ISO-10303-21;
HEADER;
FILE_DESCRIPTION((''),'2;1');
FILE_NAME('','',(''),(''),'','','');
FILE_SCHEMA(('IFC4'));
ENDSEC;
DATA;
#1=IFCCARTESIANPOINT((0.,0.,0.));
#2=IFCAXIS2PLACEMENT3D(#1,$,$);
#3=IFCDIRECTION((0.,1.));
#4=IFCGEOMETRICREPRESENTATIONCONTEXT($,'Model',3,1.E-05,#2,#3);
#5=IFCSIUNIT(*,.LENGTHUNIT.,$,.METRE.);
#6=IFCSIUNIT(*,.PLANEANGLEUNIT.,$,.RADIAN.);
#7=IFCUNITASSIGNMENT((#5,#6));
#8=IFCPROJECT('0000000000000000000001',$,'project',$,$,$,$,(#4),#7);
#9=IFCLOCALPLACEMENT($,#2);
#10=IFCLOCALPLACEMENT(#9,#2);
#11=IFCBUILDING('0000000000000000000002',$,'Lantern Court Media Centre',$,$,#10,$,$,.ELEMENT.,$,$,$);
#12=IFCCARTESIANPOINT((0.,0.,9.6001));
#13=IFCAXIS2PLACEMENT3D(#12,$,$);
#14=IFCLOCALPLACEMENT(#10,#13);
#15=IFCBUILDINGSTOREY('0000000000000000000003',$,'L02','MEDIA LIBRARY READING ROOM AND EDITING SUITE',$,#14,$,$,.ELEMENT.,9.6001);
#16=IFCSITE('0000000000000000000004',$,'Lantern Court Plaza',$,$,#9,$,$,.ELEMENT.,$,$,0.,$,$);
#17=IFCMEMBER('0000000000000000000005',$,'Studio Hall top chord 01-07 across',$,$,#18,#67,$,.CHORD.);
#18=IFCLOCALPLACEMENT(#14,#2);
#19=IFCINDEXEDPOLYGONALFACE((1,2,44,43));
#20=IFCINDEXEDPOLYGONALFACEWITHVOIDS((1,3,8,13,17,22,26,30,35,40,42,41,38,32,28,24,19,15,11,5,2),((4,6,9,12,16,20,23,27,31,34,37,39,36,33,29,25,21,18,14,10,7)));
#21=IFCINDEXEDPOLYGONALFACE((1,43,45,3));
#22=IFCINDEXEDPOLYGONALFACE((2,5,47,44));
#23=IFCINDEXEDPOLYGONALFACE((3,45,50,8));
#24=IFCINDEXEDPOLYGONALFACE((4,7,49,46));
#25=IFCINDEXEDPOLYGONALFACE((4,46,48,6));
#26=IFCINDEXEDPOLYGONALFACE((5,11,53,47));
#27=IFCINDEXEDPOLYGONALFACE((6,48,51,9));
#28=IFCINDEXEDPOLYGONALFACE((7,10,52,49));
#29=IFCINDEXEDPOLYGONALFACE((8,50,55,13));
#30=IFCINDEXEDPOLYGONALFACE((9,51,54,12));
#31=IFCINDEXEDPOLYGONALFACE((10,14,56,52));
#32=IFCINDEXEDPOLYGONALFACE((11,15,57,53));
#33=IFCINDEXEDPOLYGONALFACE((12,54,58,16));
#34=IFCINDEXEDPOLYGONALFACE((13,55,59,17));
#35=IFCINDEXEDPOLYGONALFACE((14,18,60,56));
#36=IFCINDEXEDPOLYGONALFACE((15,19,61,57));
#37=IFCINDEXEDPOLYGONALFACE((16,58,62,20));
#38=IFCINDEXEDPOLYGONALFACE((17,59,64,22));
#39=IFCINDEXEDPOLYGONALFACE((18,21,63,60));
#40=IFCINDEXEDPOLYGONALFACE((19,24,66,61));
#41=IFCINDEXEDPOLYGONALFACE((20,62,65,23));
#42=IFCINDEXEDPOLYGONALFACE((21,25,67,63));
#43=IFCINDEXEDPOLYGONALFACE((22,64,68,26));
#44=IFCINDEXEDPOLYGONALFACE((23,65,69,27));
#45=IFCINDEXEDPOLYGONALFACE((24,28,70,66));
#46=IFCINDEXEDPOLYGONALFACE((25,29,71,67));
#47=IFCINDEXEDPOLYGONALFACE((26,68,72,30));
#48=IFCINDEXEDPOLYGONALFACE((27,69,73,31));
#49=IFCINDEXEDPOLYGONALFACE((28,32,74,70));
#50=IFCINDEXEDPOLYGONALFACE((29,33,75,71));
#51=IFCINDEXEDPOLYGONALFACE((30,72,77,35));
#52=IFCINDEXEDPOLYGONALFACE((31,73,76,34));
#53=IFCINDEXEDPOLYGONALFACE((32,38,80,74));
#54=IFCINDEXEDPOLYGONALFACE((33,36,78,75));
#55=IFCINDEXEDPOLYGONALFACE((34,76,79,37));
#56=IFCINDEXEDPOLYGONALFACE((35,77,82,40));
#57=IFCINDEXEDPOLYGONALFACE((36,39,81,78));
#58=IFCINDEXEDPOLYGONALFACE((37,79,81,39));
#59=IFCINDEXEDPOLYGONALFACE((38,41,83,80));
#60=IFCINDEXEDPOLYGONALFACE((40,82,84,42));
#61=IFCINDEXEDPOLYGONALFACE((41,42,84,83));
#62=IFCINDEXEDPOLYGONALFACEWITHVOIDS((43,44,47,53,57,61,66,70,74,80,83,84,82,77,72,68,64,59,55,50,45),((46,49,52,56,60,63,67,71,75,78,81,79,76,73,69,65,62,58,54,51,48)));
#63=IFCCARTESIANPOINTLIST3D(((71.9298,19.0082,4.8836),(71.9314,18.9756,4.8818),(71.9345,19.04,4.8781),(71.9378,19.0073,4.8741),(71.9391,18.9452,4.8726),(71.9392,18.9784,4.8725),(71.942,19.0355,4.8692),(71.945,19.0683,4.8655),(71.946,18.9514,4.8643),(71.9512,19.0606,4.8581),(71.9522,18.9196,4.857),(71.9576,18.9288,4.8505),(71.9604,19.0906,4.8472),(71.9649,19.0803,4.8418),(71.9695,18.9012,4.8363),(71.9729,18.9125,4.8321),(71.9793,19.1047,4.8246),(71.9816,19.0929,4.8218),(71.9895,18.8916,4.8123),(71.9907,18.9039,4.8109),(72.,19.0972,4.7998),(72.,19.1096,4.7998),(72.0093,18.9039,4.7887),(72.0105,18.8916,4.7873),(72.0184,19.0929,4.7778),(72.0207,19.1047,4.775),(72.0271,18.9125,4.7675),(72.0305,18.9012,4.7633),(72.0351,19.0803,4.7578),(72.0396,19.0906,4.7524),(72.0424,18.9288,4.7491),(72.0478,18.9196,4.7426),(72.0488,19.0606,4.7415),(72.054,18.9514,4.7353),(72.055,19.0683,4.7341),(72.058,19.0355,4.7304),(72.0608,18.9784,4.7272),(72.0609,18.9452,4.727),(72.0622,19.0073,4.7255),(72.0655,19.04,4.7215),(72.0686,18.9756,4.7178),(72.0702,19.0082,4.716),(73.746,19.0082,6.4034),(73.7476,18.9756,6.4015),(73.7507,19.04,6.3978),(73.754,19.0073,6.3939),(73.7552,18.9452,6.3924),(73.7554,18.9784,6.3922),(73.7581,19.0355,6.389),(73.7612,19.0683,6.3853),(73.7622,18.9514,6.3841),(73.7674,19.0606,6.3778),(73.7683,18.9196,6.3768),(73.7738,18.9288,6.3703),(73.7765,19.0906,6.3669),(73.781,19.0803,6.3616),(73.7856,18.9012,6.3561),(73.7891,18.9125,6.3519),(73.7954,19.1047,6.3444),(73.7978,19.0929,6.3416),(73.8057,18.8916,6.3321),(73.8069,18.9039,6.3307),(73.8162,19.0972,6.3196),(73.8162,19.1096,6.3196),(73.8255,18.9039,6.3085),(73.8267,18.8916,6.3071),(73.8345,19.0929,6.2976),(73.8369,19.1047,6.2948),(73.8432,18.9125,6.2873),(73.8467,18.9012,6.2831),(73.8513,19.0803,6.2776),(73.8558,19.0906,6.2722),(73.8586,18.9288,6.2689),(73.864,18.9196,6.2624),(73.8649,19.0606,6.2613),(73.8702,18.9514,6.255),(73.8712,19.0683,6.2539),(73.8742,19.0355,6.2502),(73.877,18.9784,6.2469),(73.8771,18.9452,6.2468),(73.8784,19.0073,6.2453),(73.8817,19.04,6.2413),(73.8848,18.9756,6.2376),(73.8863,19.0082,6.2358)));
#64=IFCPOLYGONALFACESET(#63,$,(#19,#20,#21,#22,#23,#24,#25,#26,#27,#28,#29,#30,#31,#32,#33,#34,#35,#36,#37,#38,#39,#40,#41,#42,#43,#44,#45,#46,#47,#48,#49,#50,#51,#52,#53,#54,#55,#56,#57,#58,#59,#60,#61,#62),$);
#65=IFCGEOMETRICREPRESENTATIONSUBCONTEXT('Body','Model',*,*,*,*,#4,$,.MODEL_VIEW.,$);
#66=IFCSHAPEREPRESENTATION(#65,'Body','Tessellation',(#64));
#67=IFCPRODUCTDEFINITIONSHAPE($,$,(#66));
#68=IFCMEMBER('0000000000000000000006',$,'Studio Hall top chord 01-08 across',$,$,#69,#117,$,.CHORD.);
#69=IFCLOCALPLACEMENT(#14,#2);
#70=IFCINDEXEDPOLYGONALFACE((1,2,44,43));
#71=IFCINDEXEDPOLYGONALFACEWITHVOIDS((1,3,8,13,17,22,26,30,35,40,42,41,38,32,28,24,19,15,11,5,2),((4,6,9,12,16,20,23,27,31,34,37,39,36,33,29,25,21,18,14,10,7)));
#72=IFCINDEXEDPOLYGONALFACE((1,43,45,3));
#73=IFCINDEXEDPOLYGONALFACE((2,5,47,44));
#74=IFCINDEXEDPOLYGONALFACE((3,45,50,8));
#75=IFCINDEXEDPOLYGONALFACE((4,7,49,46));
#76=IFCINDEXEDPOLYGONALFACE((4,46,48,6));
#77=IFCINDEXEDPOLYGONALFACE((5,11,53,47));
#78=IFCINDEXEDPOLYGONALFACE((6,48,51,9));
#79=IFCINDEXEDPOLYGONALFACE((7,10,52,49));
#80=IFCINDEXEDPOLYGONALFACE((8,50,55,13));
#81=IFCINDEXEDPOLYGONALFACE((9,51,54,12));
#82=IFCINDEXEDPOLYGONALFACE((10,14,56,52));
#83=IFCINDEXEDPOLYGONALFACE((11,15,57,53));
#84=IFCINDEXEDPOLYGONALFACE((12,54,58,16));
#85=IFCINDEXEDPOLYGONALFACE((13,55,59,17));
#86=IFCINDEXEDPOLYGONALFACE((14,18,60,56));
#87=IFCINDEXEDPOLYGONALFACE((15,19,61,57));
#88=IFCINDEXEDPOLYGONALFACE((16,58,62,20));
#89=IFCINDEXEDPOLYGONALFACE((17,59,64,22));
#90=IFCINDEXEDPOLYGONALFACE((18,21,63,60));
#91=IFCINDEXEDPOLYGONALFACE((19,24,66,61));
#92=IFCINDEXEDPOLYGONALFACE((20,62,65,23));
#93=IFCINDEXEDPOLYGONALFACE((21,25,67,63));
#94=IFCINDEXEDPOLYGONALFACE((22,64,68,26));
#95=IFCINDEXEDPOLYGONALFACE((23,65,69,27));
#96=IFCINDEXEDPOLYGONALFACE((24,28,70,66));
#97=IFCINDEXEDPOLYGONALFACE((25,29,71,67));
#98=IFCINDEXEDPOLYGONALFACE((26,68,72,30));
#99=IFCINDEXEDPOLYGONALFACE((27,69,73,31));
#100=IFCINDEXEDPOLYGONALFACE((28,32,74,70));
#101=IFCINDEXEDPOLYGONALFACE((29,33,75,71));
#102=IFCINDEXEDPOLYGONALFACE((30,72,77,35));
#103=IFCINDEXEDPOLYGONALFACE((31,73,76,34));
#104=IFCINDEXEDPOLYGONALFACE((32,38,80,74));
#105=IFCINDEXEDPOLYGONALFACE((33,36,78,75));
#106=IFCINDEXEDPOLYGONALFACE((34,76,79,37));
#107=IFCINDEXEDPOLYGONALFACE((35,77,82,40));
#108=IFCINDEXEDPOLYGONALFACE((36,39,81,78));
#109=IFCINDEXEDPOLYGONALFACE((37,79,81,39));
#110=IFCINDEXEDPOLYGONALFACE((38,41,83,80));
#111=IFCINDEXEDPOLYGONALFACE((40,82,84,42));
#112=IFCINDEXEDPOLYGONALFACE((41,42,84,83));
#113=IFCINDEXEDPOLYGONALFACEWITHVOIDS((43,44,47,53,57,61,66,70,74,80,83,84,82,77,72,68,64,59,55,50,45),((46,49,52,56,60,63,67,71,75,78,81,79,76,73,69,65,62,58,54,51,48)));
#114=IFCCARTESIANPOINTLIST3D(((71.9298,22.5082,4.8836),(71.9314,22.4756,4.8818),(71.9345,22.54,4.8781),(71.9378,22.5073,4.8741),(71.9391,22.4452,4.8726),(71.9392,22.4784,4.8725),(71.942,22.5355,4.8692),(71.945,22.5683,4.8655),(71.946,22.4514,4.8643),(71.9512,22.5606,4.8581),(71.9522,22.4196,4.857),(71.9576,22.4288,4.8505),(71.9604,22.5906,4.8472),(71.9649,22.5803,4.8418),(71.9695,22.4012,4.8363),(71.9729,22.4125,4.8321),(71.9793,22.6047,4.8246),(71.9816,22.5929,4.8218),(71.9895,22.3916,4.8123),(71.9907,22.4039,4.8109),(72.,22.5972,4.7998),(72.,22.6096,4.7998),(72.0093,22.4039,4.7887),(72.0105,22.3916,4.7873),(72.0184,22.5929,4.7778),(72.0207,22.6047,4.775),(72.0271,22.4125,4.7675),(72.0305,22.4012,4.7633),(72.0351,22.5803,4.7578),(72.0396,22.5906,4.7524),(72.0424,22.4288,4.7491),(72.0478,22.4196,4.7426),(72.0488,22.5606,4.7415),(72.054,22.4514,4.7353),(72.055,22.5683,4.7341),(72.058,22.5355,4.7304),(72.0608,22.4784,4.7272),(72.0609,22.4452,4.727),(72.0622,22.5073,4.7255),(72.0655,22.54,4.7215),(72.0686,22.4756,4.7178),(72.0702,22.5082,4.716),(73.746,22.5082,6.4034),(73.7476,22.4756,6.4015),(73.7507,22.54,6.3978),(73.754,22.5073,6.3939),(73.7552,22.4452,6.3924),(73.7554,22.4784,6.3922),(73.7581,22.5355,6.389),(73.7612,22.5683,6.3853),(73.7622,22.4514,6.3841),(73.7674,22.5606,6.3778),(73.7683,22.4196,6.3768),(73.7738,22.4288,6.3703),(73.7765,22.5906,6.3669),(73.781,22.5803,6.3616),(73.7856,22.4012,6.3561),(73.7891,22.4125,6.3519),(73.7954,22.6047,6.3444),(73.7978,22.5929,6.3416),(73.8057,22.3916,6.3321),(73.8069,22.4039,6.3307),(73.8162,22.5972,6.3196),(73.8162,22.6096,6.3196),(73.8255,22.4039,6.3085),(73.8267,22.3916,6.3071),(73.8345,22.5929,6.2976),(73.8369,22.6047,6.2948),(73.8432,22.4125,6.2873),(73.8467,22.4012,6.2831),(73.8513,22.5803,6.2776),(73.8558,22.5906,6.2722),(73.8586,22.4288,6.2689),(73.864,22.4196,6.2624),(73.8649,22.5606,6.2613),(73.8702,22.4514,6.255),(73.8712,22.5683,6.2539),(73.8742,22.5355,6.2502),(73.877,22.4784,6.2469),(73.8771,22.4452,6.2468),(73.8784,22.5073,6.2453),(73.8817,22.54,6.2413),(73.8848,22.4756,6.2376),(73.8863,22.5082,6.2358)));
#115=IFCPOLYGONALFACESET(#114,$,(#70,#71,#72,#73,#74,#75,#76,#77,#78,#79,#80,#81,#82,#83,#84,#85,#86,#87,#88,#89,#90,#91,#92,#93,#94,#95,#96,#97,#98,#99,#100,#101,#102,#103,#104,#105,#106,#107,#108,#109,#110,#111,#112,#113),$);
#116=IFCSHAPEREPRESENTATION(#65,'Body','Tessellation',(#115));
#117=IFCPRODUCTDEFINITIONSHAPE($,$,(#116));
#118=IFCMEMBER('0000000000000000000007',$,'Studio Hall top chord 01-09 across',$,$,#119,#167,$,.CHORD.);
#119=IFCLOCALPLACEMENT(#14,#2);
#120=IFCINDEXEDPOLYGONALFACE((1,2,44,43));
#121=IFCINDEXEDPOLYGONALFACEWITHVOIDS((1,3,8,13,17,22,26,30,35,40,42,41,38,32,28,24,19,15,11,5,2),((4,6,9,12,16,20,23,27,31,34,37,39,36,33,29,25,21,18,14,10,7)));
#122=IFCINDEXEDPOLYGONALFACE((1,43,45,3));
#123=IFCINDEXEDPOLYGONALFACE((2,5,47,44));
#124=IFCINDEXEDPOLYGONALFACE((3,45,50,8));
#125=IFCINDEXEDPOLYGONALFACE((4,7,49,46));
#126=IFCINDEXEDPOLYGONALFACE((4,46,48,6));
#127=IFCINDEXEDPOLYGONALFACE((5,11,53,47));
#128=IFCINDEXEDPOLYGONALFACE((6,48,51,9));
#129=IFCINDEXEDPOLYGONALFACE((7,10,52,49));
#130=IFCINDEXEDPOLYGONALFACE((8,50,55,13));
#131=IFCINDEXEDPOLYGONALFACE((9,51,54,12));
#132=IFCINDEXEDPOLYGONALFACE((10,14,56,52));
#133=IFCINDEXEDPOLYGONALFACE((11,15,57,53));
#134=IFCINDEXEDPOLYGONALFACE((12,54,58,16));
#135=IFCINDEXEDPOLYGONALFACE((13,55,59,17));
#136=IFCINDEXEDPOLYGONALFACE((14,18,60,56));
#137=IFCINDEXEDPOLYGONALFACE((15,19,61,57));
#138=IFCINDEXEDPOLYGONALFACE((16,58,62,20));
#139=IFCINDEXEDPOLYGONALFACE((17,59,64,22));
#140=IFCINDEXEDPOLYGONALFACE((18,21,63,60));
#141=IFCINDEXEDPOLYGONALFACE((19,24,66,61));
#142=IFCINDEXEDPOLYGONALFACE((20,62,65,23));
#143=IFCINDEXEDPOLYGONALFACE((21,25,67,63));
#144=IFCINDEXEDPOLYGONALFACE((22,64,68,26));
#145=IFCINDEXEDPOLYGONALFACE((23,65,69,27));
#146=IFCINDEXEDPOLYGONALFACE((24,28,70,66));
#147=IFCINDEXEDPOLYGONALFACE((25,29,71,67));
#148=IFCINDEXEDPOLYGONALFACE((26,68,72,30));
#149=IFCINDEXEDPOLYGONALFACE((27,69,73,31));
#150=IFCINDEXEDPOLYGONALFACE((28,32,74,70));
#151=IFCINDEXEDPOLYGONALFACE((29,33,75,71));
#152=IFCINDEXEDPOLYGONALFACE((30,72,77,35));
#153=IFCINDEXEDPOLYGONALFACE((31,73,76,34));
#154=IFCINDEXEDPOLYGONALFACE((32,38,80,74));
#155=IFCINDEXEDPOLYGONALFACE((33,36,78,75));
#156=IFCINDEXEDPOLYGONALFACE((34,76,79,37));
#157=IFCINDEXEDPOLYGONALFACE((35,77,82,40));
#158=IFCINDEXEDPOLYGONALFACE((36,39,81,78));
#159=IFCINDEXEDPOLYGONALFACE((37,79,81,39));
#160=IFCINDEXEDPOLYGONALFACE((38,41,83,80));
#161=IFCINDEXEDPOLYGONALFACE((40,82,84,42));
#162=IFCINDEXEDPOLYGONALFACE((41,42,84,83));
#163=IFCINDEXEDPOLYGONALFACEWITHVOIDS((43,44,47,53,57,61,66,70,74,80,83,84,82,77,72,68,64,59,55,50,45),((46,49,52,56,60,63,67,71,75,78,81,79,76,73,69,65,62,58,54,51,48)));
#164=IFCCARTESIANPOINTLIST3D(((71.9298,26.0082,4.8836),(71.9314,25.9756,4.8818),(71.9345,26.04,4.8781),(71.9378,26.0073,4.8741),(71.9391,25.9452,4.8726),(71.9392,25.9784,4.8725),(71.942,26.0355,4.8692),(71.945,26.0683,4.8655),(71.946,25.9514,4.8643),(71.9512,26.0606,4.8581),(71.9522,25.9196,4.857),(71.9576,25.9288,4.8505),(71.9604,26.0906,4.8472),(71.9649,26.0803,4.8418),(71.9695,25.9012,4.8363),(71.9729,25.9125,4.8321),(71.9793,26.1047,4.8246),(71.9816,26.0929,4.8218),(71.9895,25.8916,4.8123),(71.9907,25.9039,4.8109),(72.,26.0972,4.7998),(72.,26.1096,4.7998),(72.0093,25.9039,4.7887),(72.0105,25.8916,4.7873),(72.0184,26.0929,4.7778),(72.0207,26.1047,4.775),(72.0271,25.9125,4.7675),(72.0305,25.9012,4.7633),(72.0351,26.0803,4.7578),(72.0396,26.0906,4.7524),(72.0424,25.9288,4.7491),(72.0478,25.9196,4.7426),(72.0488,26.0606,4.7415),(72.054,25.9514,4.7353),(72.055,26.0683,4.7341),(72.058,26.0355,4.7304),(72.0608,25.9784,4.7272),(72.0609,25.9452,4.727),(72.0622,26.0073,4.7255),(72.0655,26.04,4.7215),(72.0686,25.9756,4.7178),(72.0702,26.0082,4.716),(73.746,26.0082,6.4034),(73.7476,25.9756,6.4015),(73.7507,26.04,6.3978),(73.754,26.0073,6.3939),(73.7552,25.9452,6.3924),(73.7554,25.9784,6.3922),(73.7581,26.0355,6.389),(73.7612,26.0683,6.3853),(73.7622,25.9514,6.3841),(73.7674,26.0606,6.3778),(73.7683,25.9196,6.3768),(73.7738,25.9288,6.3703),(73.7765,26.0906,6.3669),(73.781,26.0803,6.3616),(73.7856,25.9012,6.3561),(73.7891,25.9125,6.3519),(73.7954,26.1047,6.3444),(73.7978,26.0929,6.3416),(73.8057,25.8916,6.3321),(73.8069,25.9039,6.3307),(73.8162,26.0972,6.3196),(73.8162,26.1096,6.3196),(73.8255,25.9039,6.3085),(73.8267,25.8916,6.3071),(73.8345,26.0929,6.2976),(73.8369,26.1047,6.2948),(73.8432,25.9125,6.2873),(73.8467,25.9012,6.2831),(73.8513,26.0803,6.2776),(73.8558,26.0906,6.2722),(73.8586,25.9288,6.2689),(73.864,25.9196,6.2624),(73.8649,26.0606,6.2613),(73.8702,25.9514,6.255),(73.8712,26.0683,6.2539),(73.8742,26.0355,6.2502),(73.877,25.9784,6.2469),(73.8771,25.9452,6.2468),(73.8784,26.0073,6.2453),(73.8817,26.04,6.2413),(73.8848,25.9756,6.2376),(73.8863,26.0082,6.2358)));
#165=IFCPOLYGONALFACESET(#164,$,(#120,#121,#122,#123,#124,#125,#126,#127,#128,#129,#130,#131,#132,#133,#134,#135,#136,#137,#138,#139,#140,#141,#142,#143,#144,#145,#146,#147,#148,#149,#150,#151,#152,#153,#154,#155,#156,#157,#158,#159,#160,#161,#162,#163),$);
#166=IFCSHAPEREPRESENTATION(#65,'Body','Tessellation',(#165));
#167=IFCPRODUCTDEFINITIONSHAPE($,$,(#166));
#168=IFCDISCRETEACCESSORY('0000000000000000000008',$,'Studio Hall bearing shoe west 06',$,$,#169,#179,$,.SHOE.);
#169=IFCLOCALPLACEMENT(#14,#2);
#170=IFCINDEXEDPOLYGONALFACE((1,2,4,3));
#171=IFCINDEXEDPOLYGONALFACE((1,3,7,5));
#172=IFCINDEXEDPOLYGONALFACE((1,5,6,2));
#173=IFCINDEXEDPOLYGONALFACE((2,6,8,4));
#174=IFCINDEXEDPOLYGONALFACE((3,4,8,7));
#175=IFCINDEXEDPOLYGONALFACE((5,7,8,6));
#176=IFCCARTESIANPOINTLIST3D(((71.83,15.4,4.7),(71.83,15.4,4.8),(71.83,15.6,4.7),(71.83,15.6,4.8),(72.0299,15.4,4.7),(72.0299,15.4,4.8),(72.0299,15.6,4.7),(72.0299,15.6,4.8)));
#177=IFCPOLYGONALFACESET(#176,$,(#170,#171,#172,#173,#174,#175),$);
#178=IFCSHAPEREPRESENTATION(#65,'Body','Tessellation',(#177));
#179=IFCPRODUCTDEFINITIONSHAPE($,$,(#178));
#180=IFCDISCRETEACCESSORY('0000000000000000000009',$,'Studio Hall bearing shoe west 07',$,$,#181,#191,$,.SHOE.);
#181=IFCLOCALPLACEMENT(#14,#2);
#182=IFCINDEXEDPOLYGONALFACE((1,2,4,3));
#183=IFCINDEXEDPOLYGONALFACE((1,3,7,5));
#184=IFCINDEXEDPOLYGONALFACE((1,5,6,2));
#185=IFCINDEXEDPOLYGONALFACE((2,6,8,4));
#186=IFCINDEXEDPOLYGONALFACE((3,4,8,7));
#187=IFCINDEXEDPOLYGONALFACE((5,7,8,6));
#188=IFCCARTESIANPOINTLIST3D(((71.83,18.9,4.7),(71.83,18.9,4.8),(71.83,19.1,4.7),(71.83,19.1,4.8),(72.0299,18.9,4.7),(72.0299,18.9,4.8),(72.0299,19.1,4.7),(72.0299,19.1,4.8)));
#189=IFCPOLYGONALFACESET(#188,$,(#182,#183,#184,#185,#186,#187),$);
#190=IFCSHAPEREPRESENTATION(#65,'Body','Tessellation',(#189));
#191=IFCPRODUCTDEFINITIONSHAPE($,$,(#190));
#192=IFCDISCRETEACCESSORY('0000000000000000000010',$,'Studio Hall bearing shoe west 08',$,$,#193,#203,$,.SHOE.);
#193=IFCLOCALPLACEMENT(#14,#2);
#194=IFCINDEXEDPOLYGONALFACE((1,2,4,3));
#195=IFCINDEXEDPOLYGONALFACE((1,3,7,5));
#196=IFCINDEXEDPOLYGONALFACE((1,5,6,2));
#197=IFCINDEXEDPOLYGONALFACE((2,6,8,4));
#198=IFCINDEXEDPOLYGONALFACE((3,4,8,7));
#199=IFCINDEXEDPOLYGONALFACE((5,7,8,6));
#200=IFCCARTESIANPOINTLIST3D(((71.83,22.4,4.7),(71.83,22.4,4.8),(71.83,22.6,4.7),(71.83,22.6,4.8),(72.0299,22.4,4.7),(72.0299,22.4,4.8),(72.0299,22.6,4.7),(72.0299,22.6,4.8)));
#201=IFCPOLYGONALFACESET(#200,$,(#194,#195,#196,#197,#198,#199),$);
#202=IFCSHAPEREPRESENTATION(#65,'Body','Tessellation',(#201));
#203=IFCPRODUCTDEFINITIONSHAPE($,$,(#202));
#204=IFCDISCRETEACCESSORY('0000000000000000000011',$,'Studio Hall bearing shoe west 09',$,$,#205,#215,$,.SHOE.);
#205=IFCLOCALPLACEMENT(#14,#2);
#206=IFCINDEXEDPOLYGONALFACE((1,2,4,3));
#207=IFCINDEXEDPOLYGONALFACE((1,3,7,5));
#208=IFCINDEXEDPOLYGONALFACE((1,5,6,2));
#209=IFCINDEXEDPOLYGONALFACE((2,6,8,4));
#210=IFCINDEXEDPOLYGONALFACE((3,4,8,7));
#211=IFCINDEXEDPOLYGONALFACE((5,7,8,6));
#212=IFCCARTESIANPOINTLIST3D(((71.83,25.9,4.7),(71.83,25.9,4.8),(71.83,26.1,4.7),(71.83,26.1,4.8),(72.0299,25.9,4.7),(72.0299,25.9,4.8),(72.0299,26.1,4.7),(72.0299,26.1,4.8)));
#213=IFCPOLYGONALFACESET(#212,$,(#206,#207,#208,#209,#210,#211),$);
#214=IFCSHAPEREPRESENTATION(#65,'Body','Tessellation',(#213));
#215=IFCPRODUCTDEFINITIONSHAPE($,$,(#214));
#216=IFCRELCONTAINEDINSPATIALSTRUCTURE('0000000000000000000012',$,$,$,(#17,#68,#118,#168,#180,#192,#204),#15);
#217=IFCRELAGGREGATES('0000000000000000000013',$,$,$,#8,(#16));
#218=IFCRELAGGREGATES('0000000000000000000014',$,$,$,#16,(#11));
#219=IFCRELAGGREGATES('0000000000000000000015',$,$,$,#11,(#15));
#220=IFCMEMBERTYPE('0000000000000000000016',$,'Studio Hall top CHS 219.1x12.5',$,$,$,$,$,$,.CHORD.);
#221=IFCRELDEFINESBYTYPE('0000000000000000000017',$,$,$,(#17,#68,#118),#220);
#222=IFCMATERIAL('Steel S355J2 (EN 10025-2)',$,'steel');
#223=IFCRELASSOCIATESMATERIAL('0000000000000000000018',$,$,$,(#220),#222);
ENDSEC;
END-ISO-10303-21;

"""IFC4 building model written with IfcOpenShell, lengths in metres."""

from ifc_helpers import new_model, si_unit, direction, frame, origin, origin_2d, place, context, subcontext, project, spatial, rectangle, hollow_circle, extrude, material, material_profile, profile_set, type_object, element, save


model = new_model("IFC4")

# Units and contexts
model_context = context("Model", 3, precision=1e-05, world=origin(), true_north=direction((0.0, 1.0)))
body_context = subcontext(model_context, "Body", "Model", "MODEL_VIEW")
ifc_project = project(units=[si_unit("LENGTHUNIT", "METRE"), si_unit("PLANEANGLEUNIT", "RADIAN")], contexts=[model_context])

# Site, building, storey
site_placement = place(None, origin())
site = spatial("IfcSite", under=ifc_project, at=site_placement, Name="Lantern Court Plaza", CompositionType="ELEMENT", RefElevation=0.0)
building_placement = place(site_placement, origin())
building = spatial("IfcBuilding", under=site, at=building_placement, Name="Lantern Court Media Centre", CompositionType="ELEMENT")
storey_placement = place(building_placement, frame((0.0, 0.0, 9.6001)))
storey = spatial("IfcBuildingStorey", under=building, at=storey_placement, Name="L02", Description="MEDIA LIBRARY READING ROOM AND EDITING SUITE", CompositionType="ELEMENT", Elevation=9.6001)

# Members
ifc_material_1 = material(Name="Steel S355J2 (EN 10025-2)", Category="steel")
ifc_material_profile_1 = material_profile(ifc_material_1, hollow_circle(Radius=0.1096, WallThickness=0.0125, at=origin_2d()), Name="Studio Hall top CHS 219.1x12.5")
ifc_profile_set_1 = profile_set([ifc_material_profile_1], Name="Steel S355J2 (EN 10025-2)")
member_type = type_object("IfcMemberType", Name="Studio Hall top CHS 219.1x12.5", PredefinedType="CHORD", material=ifc_profile_set_1)
for number, where, z_axis, x_axis, name in (
    (1, (72.0, 19.0, 4.7998), (0.76691, 0.0, 0.641755), (0.0, 1.0, 0.0), "Studio Hall top chord 01-07 across"),
    (2, (72.0, 22.5, 4.7998), (0.76691, 0.0, 0.641755), (0.0, 1.0, 0.0), "Studio Hall top chord 01-08 across"),
    (3, (72.0, 26.0, 4.7998), (0.76691, 0.0, 0.641755), (0.0, 1.0, 0.0), "Studio Hall top chord 01-09 across"),
):
    element("IfcMember", number, at=place(storey_placement, frame(where, z_axis=z_axis, x_axis=x_axis)), inside=storey, type_object=member_type, Name=name, PredefinedType="CHORD", context=body_context, shape_type="SweptSolid", body=[
        extrude(hollow_circle(Radius=0.1096, WallThickness=0.0125, at=origin_2d()), origin(), (0.0, 0.0, 1.0), 2.3682),
    ])

# Discrete accessories
for number, where, z_axis, x_axis, name in (
    (4, (71.9299, 15.5, 4.7), (0.0, 0.0, 1.0), (1.0, 0.0, 0.0), "Studio Hall bearing shoe west 06"),
    (5, (71.9299, 19.0, 4.7), (0.0, 0.0, 1.0), (1.0, 0.0, 0.0), "Studio Hall bearing shoe west 07"),
    (6, (71.9299, 22.5, 4.7), (0.0, 0.0, 1.0), (1.0, 0.0, 0.0), "Studio Hall bearing shoe west 08"),
    (7, (71.9299, 26.0, 4.7), (0.0, 0.0, 1.0), (1.0, 0.0, 0.0), "Studio Hall bearing shoe west 09"),
):
    element("IfcDiscreteAccessory", number, at=place(storey_placement, frame(where, z_axis=z_axis, x_axis=x_axis)), inside=storey, Name=name, PredefinedType="SHOE", context=body_context, shape_type="SweptSolid", body=[
        extrude(rectangle(XDim=0.2, YDim=0.2, at=origin_2d()), origin(), (0.0, 0.0, 1.0), 0.1001),
    ])

save(model, "model.ifc")
